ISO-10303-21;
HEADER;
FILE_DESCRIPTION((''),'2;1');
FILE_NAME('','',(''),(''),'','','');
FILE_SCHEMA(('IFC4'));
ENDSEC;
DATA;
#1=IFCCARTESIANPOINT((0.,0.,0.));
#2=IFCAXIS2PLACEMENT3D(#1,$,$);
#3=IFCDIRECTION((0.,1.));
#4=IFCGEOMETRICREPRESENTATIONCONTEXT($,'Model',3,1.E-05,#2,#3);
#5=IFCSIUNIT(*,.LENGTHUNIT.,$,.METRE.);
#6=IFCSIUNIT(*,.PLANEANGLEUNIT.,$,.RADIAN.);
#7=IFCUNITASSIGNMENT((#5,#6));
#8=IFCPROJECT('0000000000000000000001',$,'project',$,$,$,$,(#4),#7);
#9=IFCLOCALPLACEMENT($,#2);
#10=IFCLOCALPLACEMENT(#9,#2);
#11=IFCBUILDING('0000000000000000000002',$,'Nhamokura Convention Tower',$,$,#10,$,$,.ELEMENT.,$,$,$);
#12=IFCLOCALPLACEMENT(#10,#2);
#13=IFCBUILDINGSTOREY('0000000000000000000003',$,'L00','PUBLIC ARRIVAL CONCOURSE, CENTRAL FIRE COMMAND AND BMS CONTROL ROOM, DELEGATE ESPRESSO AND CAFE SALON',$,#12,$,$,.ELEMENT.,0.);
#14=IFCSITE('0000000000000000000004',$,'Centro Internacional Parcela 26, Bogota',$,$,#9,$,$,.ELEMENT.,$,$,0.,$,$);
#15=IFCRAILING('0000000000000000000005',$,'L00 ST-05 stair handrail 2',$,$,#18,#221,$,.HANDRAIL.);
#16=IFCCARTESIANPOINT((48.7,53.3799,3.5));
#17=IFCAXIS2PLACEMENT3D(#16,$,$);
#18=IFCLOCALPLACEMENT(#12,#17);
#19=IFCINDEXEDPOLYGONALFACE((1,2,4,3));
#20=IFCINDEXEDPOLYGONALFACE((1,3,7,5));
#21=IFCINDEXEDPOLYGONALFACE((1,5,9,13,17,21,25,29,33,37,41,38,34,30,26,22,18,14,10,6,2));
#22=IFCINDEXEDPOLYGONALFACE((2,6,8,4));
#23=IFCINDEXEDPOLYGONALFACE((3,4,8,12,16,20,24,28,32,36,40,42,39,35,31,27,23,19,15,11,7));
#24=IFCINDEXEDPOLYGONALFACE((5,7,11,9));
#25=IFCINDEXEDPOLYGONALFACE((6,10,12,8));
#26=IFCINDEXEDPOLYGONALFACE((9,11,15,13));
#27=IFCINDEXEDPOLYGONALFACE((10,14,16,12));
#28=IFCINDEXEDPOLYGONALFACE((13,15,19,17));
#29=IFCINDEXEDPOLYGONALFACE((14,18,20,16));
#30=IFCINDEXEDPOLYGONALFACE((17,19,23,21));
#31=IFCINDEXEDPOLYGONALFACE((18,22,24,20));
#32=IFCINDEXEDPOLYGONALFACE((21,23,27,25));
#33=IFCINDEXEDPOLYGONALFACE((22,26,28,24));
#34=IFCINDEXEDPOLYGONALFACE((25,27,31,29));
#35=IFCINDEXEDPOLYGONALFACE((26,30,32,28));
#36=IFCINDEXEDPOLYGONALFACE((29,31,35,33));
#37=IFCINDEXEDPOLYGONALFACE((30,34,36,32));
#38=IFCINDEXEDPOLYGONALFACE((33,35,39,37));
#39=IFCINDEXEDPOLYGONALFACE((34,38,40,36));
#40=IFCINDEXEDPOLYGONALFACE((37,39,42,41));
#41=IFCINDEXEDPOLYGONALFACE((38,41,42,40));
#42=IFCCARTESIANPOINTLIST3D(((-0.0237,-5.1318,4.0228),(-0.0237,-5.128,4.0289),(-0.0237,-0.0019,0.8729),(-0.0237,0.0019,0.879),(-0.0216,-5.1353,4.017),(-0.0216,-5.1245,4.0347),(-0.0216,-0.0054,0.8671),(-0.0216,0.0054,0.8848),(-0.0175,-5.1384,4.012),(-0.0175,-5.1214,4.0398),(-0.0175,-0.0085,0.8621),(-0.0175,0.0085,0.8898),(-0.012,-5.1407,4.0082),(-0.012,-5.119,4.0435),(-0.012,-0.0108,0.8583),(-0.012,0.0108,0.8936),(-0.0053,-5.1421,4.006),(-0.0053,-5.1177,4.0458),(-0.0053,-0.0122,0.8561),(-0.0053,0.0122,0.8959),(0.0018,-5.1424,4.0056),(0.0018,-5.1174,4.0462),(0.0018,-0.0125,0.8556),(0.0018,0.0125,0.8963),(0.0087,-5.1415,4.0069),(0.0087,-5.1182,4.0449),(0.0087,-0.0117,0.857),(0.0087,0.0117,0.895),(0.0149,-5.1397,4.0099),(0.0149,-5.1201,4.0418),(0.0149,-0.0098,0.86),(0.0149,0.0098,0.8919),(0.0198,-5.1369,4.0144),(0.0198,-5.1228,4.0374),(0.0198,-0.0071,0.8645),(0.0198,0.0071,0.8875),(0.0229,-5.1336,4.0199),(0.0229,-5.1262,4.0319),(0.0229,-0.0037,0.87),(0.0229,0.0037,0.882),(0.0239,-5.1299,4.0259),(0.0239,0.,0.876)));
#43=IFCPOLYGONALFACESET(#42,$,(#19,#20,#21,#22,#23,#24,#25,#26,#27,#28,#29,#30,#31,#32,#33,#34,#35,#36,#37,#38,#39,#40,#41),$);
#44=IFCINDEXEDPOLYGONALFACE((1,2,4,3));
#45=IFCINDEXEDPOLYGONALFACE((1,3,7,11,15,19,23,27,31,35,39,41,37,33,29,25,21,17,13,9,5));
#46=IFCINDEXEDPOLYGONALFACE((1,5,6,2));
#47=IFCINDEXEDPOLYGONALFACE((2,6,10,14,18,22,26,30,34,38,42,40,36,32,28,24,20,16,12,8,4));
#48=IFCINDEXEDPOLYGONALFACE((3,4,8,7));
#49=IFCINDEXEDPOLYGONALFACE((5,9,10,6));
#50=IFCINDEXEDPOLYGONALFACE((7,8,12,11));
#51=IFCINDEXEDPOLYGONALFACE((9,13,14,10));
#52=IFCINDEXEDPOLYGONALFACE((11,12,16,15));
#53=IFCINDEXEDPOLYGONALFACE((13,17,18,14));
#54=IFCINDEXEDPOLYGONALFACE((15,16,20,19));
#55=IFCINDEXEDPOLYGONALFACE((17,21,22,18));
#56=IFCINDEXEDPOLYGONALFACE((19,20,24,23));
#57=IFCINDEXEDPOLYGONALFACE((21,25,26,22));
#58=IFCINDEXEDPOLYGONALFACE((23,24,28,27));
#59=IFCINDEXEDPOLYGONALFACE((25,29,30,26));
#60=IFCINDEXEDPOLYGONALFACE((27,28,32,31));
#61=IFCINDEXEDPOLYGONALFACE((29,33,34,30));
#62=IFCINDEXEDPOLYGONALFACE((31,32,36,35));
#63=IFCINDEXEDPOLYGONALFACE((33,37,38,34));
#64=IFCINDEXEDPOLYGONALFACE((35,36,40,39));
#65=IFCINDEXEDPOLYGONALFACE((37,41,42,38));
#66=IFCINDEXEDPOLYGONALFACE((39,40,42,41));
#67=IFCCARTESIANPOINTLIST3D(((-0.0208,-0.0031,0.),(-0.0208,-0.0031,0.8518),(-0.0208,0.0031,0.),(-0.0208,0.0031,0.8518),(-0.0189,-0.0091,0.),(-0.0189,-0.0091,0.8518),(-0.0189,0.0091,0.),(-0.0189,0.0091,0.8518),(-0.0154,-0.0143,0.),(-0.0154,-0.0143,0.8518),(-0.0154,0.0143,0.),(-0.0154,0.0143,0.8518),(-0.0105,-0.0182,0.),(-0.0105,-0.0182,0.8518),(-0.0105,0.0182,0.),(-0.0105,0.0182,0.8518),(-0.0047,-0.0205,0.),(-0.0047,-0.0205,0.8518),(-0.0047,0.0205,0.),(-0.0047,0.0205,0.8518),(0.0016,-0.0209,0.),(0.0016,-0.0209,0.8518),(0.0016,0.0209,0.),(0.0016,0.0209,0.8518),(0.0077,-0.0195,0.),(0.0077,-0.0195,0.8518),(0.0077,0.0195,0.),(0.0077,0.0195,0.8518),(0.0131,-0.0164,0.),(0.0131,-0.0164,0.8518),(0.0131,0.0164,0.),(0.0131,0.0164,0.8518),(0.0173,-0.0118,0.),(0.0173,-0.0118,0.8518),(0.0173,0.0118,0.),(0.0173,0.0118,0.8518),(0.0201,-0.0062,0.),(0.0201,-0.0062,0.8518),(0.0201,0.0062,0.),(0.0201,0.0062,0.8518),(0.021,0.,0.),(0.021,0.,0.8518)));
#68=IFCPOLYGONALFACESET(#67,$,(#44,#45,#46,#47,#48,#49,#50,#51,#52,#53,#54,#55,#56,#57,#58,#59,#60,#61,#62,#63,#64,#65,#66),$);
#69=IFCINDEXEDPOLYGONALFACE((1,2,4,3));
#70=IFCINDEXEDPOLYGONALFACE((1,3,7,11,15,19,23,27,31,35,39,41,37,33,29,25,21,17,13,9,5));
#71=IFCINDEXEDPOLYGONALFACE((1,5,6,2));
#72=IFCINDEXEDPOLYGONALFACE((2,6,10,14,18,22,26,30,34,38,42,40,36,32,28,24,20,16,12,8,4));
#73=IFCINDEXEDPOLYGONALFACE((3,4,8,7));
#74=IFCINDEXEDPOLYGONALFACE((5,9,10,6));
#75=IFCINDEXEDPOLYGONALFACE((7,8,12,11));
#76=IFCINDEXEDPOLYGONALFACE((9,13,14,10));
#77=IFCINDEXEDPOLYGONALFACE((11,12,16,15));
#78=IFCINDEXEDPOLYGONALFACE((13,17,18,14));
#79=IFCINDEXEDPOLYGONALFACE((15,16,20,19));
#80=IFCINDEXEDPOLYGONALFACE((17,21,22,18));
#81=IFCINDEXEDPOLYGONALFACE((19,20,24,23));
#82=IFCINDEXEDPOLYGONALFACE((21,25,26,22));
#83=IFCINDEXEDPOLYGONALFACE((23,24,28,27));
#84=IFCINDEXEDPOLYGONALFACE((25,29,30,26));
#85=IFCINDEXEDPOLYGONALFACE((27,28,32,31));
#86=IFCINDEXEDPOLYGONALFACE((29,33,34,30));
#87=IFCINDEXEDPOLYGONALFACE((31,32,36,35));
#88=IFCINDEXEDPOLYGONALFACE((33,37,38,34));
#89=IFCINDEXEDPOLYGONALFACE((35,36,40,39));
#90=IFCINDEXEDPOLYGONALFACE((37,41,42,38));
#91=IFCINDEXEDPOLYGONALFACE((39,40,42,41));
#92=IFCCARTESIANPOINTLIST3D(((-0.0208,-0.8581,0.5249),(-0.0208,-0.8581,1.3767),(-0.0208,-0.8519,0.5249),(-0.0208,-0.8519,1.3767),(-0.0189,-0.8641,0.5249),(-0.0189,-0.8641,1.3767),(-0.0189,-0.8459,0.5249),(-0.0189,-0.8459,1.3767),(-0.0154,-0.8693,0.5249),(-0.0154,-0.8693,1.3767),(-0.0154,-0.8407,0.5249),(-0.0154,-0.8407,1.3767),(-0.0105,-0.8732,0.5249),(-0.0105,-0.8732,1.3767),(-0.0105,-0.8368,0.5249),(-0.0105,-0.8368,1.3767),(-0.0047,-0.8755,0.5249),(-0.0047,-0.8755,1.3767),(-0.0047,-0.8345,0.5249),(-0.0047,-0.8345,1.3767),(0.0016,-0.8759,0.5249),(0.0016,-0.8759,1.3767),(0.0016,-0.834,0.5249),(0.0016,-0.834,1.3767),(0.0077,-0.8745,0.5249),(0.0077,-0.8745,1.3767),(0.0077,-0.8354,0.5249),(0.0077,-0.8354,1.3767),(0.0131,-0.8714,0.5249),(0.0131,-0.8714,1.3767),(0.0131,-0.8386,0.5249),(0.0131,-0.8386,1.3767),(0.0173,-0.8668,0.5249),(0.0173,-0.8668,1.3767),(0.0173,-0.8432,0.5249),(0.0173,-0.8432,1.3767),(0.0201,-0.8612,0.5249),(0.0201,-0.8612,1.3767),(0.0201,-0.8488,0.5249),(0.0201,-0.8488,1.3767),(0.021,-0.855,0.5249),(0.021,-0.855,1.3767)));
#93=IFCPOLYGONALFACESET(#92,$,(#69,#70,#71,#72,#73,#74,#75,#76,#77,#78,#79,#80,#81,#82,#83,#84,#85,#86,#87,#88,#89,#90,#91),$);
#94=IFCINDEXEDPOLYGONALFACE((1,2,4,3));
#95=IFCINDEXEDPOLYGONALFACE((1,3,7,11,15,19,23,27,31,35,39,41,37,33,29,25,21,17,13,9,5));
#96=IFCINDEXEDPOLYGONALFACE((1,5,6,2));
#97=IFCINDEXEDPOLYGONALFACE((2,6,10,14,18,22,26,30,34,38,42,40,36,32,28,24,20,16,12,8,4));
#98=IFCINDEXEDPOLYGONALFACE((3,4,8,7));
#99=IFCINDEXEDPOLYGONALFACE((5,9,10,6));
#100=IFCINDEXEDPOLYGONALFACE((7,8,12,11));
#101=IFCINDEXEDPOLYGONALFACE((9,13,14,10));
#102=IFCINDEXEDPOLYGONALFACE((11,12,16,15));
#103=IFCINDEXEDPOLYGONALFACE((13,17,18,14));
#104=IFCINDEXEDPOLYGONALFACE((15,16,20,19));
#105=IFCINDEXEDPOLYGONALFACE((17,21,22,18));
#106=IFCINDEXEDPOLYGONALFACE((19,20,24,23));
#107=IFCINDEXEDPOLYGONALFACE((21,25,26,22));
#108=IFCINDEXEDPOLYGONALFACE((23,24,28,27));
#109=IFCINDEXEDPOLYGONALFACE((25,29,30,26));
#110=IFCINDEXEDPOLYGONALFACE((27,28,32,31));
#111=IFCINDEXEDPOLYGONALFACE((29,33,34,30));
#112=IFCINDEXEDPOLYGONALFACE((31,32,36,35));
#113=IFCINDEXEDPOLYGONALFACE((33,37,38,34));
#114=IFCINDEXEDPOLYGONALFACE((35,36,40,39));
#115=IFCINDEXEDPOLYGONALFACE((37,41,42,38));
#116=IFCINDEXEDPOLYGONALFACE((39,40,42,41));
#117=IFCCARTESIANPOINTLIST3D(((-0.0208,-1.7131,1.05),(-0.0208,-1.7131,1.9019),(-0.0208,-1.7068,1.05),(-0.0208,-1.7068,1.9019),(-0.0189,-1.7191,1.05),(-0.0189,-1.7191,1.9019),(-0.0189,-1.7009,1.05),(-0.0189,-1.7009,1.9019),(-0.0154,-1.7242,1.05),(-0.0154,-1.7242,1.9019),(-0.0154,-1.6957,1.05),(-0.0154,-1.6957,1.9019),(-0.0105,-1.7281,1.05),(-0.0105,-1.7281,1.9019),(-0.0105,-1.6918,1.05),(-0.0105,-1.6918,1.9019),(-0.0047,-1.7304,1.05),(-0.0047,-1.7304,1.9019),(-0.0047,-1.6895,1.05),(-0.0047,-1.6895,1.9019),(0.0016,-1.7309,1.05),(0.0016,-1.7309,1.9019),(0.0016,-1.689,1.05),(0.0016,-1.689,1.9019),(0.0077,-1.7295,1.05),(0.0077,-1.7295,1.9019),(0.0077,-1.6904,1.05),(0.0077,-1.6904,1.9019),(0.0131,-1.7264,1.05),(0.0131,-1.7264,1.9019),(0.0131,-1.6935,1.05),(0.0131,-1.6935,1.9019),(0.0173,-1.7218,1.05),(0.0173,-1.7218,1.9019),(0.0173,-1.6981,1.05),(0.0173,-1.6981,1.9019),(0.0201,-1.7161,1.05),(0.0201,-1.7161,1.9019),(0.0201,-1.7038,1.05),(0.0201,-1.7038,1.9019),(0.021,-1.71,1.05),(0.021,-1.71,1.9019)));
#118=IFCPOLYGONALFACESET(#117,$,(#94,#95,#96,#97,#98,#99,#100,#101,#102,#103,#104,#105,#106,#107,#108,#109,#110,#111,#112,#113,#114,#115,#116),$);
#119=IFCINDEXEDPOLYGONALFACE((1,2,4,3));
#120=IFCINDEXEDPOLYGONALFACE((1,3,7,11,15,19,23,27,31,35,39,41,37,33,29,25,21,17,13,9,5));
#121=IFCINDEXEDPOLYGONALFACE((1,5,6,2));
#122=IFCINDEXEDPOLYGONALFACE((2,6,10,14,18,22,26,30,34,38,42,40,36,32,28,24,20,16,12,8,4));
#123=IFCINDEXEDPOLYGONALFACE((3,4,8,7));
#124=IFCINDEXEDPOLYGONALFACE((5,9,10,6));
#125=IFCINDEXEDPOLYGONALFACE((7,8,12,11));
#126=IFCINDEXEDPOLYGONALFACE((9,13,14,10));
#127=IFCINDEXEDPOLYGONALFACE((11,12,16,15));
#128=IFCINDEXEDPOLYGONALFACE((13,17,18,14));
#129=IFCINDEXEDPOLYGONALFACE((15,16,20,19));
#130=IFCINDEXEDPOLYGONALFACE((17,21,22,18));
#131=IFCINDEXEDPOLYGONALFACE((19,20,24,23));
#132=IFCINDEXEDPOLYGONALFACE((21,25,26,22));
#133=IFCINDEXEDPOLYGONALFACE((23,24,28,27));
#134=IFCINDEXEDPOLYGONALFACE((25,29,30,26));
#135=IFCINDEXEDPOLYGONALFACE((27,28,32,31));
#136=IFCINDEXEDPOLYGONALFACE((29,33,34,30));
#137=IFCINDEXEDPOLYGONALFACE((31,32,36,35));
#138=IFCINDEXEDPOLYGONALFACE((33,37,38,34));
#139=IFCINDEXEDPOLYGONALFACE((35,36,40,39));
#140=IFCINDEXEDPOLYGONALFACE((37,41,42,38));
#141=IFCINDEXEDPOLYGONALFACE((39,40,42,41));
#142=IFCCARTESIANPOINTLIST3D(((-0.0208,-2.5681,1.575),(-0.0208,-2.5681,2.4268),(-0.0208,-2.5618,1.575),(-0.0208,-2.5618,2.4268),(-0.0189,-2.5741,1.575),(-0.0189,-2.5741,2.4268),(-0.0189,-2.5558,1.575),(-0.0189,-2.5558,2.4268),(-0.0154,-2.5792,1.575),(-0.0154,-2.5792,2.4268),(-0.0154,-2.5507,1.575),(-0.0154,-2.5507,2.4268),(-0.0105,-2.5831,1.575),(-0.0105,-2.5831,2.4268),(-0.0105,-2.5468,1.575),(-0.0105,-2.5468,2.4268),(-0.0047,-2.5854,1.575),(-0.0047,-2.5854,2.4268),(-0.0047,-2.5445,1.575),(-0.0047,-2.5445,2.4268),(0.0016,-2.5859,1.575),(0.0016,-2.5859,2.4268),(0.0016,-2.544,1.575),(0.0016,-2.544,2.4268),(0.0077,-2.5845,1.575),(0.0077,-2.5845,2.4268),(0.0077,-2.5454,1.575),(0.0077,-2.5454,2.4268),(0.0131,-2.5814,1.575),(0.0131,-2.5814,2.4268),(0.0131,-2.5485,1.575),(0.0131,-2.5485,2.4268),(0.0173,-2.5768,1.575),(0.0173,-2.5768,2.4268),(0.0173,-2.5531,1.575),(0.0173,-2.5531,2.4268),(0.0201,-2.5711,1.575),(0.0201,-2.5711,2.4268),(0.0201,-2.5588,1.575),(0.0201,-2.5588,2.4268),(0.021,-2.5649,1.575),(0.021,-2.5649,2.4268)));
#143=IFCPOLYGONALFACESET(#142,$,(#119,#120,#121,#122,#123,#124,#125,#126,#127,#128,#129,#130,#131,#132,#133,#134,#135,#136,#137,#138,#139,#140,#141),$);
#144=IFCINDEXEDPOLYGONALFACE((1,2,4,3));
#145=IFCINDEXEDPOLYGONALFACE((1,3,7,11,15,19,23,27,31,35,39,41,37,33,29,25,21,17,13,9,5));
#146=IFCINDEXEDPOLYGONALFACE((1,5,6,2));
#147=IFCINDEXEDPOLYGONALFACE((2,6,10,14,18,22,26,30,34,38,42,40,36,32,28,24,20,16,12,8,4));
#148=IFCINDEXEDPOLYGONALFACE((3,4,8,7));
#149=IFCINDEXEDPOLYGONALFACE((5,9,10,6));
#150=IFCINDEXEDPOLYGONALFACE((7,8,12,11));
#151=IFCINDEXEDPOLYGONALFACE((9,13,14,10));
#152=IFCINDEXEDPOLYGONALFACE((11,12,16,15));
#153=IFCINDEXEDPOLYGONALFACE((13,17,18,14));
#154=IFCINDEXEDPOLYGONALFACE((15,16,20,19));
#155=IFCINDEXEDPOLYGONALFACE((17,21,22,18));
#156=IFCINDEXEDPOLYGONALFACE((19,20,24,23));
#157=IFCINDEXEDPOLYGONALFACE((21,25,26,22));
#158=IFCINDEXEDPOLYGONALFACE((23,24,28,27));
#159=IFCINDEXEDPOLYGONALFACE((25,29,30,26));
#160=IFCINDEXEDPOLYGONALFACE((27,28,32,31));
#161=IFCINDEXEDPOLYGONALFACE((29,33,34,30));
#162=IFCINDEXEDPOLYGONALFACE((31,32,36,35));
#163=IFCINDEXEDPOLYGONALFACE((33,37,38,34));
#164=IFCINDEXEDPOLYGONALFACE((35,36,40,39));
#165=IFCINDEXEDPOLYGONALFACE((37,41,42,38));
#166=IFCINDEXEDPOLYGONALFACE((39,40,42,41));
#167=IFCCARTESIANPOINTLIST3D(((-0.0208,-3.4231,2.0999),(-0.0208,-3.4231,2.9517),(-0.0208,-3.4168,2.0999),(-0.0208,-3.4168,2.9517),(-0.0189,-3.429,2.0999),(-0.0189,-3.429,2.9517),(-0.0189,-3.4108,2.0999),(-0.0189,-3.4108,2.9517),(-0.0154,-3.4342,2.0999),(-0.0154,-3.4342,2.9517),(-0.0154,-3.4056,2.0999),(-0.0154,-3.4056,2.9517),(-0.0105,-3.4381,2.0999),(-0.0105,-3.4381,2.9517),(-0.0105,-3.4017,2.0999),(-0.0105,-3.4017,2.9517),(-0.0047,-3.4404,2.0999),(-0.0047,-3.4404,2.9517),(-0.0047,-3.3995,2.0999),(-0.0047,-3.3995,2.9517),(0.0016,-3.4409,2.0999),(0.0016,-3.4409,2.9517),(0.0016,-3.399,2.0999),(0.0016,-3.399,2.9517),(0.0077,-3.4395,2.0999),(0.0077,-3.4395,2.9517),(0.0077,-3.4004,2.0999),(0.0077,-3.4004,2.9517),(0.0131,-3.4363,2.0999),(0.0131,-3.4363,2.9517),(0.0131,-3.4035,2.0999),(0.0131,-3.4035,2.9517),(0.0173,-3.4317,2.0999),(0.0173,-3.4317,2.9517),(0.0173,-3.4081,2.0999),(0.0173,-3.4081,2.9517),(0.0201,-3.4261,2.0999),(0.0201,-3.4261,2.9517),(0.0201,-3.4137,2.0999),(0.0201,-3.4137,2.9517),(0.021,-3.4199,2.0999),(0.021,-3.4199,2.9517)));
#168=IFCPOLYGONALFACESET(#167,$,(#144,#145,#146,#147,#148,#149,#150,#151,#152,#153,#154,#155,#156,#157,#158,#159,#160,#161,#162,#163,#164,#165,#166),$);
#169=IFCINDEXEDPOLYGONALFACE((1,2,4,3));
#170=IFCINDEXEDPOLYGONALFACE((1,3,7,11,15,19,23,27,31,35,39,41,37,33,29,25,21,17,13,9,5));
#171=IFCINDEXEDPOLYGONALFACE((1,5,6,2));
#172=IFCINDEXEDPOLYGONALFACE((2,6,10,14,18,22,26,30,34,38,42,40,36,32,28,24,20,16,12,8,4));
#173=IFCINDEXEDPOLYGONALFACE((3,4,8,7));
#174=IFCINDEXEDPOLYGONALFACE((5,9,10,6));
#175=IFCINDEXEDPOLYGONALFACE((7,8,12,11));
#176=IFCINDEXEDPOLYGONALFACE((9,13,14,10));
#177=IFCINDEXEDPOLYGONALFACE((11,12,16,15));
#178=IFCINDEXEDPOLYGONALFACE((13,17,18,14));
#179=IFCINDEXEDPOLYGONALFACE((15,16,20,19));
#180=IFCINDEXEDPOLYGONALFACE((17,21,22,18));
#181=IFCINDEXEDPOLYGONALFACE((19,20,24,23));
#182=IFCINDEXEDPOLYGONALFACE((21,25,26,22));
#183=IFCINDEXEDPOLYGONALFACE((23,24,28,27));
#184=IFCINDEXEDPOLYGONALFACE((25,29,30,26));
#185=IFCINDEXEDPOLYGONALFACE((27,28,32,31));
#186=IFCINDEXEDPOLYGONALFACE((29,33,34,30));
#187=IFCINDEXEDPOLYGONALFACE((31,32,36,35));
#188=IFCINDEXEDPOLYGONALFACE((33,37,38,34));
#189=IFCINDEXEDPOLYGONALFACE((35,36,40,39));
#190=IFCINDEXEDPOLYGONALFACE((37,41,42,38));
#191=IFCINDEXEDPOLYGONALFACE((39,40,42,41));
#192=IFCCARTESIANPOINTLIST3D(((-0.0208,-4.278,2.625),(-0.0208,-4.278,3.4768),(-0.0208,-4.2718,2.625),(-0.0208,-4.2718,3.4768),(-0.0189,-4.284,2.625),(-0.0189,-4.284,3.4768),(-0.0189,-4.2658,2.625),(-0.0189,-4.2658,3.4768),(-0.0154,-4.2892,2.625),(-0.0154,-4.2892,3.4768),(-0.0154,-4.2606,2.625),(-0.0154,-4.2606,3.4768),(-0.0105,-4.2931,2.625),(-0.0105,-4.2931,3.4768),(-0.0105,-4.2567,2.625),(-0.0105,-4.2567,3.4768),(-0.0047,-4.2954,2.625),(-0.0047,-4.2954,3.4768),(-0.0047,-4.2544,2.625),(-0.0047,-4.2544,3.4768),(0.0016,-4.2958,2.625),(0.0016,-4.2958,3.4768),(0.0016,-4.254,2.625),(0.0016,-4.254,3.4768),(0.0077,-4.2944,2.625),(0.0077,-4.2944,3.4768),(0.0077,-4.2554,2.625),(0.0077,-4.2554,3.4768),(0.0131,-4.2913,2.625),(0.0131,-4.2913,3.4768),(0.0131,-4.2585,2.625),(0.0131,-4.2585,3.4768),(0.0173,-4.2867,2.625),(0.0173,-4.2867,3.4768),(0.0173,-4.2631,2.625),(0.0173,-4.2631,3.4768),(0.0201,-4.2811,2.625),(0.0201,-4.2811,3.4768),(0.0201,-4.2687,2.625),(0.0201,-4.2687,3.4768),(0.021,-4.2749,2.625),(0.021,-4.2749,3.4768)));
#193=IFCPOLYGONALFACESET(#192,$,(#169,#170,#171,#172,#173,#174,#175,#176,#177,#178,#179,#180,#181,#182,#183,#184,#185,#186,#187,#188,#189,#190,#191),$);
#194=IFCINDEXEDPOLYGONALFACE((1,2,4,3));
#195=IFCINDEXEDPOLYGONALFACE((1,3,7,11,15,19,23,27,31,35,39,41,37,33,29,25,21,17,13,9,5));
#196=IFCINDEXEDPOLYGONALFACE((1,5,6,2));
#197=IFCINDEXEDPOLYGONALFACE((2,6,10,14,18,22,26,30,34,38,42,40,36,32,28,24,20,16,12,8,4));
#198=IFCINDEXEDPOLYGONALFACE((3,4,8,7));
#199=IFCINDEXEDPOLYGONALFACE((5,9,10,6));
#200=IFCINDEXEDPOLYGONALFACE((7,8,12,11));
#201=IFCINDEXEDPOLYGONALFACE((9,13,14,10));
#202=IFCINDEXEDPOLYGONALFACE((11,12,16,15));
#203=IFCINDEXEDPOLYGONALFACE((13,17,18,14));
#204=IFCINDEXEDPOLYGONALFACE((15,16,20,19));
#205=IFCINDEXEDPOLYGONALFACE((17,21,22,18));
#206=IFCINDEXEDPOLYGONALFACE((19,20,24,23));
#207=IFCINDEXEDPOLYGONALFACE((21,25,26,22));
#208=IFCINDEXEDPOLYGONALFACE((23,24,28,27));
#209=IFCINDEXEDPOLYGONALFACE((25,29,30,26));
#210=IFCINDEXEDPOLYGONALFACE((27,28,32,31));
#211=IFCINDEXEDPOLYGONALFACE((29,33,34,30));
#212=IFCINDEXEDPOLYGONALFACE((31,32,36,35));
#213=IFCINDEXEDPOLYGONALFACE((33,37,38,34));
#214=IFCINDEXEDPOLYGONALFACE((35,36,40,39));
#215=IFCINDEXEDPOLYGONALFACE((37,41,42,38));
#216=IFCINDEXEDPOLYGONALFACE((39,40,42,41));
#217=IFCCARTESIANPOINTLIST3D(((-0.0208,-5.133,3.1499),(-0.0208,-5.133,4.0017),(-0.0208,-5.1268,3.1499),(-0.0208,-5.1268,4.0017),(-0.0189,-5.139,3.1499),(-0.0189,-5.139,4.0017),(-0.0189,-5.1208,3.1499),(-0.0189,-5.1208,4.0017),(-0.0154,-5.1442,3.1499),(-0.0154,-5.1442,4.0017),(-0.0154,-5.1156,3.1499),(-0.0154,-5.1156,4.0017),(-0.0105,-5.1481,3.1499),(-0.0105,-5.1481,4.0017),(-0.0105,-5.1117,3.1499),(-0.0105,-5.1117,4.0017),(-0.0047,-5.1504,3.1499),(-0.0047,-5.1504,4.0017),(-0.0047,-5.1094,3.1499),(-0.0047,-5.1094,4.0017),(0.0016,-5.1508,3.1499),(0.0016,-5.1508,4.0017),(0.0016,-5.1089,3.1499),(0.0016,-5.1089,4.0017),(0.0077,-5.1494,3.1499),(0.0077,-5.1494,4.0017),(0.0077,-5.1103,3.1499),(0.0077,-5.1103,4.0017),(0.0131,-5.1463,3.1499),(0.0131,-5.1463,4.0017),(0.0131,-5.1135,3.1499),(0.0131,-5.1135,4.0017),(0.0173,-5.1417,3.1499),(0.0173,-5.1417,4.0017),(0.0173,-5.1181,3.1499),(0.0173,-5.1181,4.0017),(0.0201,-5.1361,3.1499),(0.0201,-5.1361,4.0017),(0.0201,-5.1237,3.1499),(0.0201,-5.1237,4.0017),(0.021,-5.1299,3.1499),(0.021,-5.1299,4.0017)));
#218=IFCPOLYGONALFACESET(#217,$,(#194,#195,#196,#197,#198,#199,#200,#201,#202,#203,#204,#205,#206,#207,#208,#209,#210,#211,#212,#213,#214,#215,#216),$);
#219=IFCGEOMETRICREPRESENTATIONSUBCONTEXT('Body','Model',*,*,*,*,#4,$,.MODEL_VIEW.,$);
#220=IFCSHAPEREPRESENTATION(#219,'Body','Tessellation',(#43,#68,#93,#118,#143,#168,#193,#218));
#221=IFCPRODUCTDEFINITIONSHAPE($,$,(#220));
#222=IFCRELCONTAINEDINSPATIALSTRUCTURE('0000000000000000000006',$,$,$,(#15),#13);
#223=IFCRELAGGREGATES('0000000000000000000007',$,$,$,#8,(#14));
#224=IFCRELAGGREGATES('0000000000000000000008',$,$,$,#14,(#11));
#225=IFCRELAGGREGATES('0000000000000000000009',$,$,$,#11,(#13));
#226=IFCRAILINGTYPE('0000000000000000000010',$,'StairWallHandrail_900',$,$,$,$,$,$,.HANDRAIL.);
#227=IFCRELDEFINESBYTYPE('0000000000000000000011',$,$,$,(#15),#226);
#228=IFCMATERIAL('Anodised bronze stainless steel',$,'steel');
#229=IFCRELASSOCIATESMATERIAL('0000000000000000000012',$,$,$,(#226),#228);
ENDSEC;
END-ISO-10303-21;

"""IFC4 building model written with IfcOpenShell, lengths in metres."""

from ifc_helpers import new_model, si_unit, direction, frame, origin, origin_2d, place, context, subcontext, project, spatial, circle, extrude, material, type_object, element, save


model = new_model("IFC4")

# Units and contexts
model_context = context("Model", 3, precision=1e-05, world=origin(), true_north=direction((0.0, 1.0)))
body_context = subcontext(model_context, "Body", "Model", "MODEL_VIEW")
ifc_project = project(units=[si_unit("LENGTHUNIT", "METRE"), si_unit("PLANEANGLEUNIT", "RADIAN")], contexts=[model_context])

# Site, building, storey
site_placement = place(None, origin())
site = spatial("IfcSite", under=ifc_project, at=site_placement, Name="Centro Internacional Parcela 26, Bogota", CompositionType="ELEMENT", RefElevation=0.0)
building_placement = place(site_placement, origin())
building = spatial("IfcBuilding", under=site, at=building_placement, Name="Nhamokura Convention Tower", CompositionType="ELEMENT")
storey_placement = place(building_placement, origin())
storey = spatial("IfcBuildingStorey", under=building, at=storey_placement, Name="L00", Description="PUBLIC ARRIVAL CONCOURSE, CENTRAL FIRE COMMAND AND BMS CONTROL ROOM, DELEGATE ESPRESSO AND CAFE SALON", CompositionType="ELEMENT", Elevation=0.0)

# Railing
ifc_material_1 = material(Name="Anodised bronze stainless steel", Category="steel")
railing_type_1 = type_object("IfcRailingType", Name="StairWallHandrail_900", PredefinedType="HANDRAIL", material=ifc_material_1)
railing_1_placement = place(storey_placement, frame((48.7, 53.3799, 3.5)))
element("IfcRailing", 1, at=railing_1_placement, inside=storey, type_object=railing_type_1, Name="L00 ST-05 stair handrail 2", PredefinedType="HANDRAIL", context=body_context, shape_type="SweptSolid", body=[
    extrude(circle(Radius=0.0239, at=origin_2d()), frame((0.0, 0.0, 0.876), z_axis=(0.0, -0.852173, 0.52326), x_axis=(1.0, 0.0, 0.0)), (0.0, 0.0, 1.0), 6.0198),
    extrude(circle(Radius=0.021, at=origin_2d()), origin(), (0.0, 0.0, 1.0), 0.8518),
    extrude(circle(Radius=0.021, at=origin_2d()), frame((0.0, -0.855, 0.5249)), (0.0, 0.0, 1.0), 0.8518),
    extrude(circle(Radius=0.021, at=origin_2d()), frame((0.0, -1.71, 1.05)), (0.0, 0.0, 1.0), 0.8518),
    extrude(circle(Radius=0.021, at=origin_2d()), frame((0.0, -2.5649, 1.575)), (0.0, 0.0, 1.0), 0.8518),
    extrude(circle(Radius=0.021, at=origin_2d()), frame((0.0, -3.4199, 2.0999)), (0.0, 0.0, 1.0), 0.8518),
    extrude(circle(Radius=0.021, at=origin_2d()), frame((0.0, -4.2749, 2.625)), (0.0, 0.0, 1.0), 0.8518),
    extrude(circle(Radius=0.021, at=origin_2d()), frame((0.0, -5.1299, 3.1499)), (0.0, 0.0, 1.0), 0.8518),
])

save(model, "model.ifc")
